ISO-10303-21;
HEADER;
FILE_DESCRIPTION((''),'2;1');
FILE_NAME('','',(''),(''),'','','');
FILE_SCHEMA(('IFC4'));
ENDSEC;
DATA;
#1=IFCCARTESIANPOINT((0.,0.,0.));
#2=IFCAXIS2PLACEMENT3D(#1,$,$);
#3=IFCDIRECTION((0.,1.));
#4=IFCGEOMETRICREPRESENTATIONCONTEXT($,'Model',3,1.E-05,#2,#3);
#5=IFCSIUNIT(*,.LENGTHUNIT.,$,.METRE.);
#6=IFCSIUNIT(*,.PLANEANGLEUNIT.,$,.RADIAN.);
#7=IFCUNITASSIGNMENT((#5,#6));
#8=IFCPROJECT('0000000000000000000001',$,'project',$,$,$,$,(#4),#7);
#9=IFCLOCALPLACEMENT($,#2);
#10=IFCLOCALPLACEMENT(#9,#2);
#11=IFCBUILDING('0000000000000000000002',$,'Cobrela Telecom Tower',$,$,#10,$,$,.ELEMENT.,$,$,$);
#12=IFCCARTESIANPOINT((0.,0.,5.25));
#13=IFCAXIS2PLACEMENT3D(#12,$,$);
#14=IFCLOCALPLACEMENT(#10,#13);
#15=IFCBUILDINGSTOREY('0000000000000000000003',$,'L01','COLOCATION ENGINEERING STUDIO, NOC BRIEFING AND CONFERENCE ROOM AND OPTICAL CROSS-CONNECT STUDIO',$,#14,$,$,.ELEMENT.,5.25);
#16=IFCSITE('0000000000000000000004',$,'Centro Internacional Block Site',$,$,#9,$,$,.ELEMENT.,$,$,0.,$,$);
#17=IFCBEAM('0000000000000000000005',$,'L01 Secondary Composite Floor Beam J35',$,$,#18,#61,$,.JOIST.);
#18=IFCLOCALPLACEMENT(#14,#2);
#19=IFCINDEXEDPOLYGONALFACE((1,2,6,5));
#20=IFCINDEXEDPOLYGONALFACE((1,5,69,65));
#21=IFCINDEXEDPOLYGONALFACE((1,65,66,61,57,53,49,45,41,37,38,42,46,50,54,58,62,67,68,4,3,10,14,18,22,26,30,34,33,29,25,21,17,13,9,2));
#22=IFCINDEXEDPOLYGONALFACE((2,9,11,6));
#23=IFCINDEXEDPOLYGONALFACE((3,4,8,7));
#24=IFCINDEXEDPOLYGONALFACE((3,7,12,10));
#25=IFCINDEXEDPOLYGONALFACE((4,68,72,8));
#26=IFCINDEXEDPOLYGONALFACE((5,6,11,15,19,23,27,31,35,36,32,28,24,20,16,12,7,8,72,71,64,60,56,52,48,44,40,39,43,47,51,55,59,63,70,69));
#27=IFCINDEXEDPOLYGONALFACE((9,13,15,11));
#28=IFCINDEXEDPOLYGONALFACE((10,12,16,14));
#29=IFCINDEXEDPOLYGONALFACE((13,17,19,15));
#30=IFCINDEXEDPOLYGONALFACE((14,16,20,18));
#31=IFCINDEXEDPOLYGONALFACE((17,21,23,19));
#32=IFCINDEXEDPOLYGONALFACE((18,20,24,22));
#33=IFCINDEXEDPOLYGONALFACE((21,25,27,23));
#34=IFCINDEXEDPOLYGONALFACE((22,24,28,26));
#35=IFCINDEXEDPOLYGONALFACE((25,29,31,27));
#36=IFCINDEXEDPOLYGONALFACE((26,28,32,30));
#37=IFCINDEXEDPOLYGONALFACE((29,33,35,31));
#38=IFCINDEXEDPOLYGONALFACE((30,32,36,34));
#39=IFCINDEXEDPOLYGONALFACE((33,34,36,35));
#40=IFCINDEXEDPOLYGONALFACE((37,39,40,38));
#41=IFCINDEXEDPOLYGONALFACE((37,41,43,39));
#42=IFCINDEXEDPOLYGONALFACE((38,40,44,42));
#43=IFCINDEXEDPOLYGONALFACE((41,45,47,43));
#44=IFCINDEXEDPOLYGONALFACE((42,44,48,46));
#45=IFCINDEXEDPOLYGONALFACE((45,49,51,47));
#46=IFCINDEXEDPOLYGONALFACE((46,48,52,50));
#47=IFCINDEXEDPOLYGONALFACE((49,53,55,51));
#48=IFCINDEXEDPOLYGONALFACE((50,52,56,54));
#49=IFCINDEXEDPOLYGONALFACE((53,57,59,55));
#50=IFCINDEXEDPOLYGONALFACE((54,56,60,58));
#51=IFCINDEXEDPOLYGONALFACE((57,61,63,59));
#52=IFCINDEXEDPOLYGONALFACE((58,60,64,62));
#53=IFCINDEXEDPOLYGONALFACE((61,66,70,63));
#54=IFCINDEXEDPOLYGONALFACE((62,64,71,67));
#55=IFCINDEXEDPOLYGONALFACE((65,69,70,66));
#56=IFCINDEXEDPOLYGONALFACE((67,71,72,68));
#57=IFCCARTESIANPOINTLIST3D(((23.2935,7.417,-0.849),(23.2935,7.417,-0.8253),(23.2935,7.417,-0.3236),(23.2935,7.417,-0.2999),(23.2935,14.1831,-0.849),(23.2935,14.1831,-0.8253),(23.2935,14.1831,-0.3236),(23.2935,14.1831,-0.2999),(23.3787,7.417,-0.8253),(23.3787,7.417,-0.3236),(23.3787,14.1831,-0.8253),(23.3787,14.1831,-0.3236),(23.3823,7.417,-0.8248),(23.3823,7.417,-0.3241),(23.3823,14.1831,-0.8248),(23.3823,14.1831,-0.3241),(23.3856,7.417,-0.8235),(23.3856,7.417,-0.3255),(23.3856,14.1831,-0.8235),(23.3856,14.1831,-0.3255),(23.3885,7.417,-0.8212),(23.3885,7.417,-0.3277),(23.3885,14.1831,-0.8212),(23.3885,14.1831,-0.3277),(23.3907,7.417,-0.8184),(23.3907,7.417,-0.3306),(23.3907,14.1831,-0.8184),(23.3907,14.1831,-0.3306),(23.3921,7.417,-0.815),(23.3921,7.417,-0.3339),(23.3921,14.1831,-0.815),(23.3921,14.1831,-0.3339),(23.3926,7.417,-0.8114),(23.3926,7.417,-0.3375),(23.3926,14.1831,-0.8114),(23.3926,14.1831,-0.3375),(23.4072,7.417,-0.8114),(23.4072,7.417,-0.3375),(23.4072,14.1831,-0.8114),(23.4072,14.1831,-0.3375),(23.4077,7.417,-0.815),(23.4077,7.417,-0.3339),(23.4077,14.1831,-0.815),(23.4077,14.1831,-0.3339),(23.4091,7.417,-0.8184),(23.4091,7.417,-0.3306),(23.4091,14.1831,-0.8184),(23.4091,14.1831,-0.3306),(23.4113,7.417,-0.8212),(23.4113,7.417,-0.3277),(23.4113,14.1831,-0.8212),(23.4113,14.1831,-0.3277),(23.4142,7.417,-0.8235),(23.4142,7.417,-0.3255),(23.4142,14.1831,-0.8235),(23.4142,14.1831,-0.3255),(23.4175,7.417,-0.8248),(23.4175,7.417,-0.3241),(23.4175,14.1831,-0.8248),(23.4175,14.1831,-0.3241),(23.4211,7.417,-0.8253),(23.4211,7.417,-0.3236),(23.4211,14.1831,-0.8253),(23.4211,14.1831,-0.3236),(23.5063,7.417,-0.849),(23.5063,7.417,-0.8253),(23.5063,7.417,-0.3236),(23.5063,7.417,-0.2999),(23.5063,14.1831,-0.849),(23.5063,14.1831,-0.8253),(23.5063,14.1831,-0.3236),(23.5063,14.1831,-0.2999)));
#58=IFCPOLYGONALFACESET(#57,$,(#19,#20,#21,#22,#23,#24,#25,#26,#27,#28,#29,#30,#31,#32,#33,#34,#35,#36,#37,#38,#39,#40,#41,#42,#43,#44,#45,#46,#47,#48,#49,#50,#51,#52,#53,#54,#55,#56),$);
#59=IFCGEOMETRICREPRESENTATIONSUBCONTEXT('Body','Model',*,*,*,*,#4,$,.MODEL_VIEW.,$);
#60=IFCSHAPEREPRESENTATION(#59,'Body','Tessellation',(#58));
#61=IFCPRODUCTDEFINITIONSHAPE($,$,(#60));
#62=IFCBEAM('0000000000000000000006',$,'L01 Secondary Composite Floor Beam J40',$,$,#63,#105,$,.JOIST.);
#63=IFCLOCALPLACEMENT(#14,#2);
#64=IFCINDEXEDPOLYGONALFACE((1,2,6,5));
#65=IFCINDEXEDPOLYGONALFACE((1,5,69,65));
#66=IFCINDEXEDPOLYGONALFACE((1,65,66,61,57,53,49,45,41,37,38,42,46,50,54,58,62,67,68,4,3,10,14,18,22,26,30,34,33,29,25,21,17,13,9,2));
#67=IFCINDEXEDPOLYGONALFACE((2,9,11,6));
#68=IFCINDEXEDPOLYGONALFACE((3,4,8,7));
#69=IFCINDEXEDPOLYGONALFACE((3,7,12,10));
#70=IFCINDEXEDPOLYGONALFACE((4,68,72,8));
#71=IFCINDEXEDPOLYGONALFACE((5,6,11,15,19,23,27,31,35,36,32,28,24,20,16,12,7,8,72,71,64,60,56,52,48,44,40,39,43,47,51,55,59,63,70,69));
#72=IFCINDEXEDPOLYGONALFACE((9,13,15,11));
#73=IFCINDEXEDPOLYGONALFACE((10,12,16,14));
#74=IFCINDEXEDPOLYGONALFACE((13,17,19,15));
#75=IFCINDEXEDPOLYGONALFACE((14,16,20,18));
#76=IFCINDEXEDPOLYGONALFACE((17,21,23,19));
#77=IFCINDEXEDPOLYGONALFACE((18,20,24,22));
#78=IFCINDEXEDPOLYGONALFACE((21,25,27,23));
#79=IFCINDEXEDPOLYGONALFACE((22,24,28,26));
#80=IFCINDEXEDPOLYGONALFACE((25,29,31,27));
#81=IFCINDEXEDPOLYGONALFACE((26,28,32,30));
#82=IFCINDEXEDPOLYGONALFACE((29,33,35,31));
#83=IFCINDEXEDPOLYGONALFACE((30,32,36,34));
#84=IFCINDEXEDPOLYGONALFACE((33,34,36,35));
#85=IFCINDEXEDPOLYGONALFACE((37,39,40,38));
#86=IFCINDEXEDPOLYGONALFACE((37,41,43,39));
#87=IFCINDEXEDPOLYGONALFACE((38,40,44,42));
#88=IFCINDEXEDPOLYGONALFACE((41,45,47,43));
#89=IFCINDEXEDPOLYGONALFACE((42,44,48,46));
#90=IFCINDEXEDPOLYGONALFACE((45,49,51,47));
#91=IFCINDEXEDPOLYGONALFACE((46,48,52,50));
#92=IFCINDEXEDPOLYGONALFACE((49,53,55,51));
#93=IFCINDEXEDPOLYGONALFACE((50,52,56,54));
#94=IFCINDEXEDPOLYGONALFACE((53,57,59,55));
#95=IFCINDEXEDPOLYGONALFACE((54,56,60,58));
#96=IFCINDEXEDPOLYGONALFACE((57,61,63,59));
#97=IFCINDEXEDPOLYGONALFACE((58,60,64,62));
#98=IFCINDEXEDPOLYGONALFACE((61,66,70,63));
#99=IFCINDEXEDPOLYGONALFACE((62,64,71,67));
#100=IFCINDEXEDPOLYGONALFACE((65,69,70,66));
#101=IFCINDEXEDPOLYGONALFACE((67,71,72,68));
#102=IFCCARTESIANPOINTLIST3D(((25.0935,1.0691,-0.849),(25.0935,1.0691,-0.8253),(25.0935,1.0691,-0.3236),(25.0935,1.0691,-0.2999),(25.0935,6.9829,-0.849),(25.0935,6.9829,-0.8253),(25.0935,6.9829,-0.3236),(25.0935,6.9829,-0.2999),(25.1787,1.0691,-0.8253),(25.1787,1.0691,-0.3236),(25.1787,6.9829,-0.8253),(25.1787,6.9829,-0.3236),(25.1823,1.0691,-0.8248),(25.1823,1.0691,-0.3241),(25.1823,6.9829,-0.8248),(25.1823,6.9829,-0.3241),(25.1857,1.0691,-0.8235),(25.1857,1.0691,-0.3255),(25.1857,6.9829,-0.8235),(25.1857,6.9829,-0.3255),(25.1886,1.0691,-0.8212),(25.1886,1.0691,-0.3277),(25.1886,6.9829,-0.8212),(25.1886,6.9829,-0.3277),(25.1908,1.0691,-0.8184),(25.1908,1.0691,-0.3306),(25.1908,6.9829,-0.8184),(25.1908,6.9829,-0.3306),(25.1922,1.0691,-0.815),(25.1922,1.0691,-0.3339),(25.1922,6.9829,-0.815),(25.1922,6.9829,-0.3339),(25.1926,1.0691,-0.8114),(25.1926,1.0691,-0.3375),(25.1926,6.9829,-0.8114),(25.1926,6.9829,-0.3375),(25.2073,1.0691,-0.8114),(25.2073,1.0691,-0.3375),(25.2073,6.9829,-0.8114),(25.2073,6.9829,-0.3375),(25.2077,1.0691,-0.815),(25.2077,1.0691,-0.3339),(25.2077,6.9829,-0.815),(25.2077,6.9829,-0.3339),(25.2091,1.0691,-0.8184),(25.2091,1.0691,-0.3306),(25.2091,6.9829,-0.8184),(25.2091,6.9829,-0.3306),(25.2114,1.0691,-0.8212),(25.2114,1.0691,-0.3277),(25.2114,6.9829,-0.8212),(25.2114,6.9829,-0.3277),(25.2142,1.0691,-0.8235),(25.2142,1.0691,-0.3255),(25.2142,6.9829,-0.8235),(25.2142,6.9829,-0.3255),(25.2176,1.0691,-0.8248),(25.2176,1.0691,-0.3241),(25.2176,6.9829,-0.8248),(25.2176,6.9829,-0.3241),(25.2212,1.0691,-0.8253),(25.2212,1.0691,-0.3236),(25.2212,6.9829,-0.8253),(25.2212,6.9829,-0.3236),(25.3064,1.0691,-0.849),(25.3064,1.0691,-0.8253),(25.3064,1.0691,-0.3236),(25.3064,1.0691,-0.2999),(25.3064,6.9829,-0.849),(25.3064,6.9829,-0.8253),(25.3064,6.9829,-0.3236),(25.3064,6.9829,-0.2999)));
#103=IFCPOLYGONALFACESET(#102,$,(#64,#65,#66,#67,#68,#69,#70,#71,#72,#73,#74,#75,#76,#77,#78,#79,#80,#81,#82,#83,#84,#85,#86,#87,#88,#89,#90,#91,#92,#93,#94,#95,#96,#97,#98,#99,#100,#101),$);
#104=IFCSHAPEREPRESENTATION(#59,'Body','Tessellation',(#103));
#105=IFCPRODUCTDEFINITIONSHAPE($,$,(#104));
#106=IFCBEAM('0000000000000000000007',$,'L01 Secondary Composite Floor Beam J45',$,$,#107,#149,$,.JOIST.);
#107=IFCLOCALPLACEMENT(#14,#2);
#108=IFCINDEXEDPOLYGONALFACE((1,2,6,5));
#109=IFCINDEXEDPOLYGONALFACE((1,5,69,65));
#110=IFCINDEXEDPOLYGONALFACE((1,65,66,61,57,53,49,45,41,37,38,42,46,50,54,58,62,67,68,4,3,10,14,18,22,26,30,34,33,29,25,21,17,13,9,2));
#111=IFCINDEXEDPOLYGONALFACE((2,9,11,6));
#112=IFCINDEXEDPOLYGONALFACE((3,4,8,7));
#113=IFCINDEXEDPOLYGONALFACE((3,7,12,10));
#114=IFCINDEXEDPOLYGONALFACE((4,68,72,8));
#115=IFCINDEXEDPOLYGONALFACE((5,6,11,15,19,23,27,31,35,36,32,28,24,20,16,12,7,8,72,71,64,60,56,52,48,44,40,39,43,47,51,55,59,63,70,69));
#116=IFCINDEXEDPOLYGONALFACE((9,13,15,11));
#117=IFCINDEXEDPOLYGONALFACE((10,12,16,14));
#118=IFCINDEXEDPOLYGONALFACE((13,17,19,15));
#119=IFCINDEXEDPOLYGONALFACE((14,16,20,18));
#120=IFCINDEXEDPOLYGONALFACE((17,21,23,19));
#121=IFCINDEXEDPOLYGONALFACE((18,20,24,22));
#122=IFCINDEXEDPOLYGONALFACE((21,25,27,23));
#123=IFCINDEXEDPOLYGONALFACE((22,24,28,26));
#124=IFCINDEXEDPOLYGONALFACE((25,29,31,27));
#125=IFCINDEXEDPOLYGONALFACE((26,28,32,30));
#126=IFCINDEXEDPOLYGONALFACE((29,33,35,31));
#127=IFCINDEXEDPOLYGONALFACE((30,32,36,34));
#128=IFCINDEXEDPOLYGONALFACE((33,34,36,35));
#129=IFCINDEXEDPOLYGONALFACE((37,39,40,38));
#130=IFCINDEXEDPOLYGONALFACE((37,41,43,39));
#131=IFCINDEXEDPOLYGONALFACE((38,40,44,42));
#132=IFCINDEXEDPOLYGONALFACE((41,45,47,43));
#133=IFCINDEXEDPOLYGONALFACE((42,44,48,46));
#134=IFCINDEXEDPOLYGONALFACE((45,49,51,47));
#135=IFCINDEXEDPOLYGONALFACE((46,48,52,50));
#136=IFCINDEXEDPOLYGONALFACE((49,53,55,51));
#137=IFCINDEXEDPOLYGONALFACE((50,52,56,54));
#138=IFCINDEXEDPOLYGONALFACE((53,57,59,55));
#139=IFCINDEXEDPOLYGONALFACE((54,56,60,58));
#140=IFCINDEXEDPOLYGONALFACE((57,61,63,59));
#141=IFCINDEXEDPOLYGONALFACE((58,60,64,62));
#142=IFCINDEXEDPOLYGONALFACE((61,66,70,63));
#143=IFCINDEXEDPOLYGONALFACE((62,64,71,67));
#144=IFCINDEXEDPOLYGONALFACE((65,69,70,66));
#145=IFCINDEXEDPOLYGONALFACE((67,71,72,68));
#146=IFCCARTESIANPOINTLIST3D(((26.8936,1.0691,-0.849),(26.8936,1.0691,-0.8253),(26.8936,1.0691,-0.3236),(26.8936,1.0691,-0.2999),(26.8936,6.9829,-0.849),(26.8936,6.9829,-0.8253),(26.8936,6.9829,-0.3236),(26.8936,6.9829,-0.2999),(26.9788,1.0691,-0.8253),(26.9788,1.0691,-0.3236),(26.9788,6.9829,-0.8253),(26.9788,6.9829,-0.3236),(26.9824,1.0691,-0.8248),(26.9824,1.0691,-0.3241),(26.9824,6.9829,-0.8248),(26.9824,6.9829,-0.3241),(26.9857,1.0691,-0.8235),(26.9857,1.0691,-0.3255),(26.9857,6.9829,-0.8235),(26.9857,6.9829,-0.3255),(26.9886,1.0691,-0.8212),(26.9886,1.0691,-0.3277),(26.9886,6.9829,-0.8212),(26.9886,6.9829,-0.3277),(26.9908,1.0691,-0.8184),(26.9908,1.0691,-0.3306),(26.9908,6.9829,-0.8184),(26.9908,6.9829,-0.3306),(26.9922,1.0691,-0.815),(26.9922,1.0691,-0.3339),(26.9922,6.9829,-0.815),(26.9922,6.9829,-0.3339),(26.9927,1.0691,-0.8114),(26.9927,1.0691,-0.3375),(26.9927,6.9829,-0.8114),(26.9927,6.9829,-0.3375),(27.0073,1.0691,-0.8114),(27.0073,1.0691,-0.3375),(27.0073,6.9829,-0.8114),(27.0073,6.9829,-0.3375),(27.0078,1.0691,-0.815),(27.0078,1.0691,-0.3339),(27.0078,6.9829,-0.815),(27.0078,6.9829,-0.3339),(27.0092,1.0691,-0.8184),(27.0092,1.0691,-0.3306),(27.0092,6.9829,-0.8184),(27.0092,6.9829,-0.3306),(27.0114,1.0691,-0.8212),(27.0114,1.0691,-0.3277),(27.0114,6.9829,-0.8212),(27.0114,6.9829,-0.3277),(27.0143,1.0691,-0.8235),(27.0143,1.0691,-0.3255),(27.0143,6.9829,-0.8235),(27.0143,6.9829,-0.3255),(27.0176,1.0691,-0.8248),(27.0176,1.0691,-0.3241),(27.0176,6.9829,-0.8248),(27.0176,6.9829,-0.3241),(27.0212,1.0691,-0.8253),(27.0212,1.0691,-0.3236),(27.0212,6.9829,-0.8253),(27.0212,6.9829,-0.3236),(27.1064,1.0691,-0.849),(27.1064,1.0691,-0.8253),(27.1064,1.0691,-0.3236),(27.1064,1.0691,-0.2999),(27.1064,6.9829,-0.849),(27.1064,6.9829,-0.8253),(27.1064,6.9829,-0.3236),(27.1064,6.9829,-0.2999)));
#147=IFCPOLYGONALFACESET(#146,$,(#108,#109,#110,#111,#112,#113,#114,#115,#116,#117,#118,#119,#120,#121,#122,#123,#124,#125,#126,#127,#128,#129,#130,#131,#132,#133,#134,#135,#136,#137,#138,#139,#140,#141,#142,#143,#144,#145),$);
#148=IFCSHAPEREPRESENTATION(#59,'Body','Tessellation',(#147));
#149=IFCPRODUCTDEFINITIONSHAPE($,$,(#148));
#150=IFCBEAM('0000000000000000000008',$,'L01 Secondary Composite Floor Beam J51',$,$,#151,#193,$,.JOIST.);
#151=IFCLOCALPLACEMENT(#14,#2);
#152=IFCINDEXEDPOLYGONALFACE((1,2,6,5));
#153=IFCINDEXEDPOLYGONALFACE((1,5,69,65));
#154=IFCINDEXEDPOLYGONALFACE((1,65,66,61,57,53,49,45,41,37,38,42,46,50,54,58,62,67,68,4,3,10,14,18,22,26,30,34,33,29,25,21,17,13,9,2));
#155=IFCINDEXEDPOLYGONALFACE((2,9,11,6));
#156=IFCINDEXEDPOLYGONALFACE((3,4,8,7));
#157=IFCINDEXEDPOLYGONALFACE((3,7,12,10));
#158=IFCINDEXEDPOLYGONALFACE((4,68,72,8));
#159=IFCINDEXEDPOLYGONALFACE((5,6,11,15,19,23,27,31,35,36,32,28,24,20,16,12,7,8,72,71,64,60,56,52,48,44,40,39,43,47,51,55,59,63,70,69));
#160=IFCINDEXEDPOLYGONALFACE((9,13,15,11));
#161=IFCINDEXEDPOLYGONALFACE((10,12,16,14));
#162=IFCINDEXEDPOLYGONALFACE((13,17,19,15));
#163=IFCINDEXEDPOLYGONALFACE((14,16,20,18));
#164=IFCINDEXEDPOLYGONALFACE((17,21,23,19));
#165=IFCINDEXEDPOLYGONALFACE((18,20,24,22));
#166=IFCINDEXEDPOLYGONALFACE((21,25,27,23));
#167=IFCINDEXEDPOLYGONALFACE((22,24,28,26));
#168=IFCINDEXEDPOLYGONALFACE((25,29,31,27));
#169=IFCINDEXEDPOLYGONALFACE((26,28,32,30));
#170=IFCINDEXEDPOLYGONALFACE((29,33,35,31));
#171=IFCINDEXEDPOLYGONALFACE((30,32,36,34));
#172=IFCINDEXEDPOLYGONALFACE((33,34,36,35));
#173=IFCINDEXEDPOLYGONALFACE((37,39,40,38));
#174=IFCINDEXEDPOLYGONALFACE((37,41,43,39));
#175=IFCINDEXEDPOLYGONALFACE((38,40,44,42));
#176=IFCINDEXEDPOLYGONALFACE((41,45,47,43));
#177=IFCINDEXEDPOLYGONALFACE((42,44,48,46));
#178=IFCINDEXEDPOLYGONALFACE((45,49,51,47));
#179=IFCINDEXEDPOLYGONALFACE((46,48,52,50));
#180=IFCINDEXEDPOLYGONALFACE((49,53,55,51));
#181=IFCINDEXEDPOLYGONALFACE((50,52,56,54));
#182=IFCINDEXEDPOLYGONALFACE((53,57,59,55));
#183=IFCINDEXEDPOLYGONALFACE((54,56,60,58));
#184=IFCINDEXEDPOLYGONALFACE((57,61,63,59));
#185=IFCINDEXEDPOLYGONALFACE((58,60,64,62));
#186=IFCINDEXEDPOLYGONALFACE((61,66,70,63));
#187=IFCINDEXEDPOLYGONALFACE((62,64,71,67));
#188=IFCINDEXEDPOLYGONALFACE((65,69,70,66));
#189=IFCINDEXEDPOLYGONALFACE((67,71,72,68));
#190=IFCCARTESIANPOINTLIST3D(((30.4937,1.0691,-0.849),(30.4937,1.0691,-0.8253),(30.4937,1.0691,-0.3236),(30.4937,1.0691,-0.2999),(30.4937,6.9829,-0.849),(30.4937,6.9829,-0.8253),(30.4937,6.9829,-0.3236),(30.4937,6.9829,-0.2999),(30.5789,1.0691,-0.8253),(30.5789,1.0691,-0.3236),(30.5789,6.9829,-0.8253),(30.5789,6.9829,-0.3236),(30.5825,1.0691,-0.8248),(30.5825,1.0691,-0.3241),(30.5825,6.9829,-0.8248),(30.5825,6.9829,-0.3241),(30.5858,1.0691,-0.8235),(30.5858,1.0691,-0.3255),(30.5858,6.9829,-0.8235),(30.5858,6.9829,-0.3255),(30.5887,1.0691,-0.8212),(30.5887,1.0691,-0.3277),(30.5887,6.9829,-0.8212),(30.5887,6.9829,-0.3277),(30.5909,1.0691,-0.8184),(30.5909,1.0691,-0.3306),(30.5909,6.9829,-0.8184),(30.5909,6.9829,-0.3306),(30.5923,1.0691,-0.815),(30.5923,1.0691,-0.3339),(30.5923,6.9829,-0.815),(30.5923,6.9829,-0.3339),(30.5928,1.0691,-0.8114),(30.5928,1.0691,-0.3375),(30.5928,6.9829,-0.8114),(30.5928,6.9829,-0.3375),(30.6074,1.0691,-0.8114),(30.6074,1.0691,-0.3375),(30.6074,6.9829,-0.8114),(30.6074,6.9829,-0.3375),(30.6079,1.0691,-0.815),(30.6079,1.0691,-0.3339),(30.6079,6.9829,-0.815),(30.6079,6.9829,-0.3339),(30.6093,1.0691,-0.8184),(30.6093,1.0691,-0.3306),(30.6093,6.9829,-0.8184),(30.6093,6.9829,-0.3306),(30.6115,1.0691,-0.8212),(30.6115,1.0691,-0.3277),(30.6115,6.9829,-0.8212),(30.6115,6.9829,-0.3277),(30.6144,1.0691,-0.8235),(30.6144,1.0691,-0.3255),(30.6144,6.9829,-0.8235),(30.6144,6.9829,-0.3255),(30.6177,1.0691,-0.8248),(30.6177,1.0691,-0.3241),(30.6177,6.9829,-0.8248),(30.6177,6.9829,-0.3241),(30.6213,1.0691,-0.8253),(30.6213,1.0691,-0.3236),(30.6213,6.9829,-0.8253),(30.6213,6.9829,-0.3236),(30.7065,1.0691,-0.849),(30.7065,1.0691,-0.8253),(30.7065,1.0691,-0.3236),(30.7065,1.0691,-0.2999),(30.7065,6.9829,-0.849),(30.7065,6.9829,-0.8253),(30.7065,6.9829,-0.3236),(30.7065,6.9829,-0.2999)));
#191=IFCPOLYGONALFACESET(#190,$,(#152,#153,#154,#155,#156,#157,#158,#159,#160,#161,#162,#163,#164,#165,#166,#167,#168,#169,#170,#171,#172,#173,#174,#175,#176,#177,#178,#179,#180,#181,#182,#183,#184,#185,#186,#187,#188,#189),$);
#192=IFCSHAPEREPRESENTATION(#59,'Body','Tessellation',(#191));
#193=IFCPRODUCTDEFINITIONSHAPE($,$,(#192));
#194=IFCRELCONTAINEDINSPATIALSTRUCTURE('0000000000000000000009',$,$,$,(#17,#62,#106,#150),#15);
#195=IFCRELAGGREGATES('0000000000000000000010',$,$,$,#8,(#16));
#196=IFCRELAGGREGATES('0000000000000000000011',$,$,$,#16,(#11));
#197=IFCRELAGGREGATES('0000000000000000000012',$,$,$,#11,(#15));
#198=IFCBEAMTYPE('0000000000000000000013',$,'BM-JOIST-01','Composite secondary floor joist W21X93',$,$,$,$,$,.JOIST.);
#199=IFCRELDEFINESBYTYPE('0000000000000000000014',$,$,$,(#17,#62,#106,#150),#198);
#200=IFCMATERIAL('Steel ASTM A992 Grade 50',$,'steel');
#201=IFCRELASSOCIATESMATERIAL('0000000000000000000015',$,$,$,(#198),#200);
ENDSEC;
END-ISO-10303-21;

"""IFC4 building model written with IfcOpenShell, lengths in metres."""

from ifc_helpers import new_model, si_unit, direction, frame, origin, origin_2d, place, context, subcontext, project, spatial, i_section, extrude, material, material_profile, profile_set, type_object, element, save


model = new_model("IFC4")

# Units and contexts
model_context = context("Model", 3, precision=1e-05, world=origin(), true_north=direction((0.0, 1.0)))
body_context = subcontext(model_context, "Body", "Model", "MODEL_VIEW")
ifc_project = project(units=[si_unit("LENGTHUNIT", "METRE"), si_unit("PLANEANGLEUNIT", "RADIAN")], contexts=[model_context])

# Site, building, storey
site_placement = place(None, origin())
site = spatial("IfcSite", under=ifc_project, at=site_placement, Name="Centro Internacional Block Site", CompositionType="ELEMENT", RefElevation=0.0)
building_placement = place(site_placement, origin())
building = spatial("IfcBuilding", under=site, at=building_placement, Name="Cobrela Telecom Tower", CompositionType="ELEMENT")
storey_placement = place(building_placement, frame((0.0, 0.0, 5.25)))
storey = spatial("IfcBuildingStorey", under=building, at=storey_placement, Name="L01", Description="COLOCATION ENGINEERING STUDIO, NOC BRIEFING AND CONFERENCE ROOM AND OPTICAL CROSS-CONNECT STUDIO", CompositionType="ELEMENT", Elevation=5.25)

# Beams
ifc_material_1 = material(Name="Steel ASTM A992 Grade 50", Category="steel")
ifc_material_profile_1 = material_profile(ifc_material_1, i_section(OverallWidth=0.2129, OverallDepth=0.5491, WebThickness=0.0146, FlangeThickness=0.0237, FilletRadius=0.0139, at=origin_2d()), Name="W21X93")
ifc_profile_set_1 = profile_set([ifc_material_profile_1], Name="Steel ASTM A992 Grade 50")
beam_type_1 = type_object("IfcBeamType", Name="BM-JOIST-01", Description="Composite secondary floor joist W21X93", PredefinedType="JOIST", material=ifc_profile_set_1)
beam_1_placement = place(storey_placement, frame((23.3999, 7.417, -0.5745), z_axis=(0.0, 1.0, 0.0), x_axis=(-1.0, 0.0, 0.0)))
element("IfcBeam", 1, at=beam_1_placement, inside=storey, type_object=beam_type_1, Name="L01 Secondary Composite Floor Beam J35", PredefinedType="JOIST", context=body_context, shape_type="SweptSolid", body=[
    extrude(i_section(OverallWidth=0.2129, OverallDepth=0.5491, WebThickness=0.0146, FlangeThickness=0.0237, FilletRadius=0.0139, at=origin_2d()), origin(), (0.0, 0.0, 1.0), 6.7661),
])
for number, where, z_axis, x_axis, name in (
    (2, (25.2, 1.0691, -0.5745), (0.0, 1.0, 0.0), (-1.0, 0.0, 0.0), "L01 Secondary Composite Floor Beam J40"),
    (3, (27.0, 1.0691, -0.5745), (0.0, 1.0, 0.0), (-1.0, 0.0, 0.0), "L01 Secondary Composite Floor Beam J45"),
    (4, (30.6001, 1.0691, -0.5745), (0.0, 1.0, 0.0), (-1.0, 0.0, 0.0), "L01 Secondary Composite Floor Beam J51"),
):
    element("IfcBeam", number, at=place(storey_placement, frame(where, z_axis=z_axis, x_axis=x_axis)), inside=storey, type_object=beam_type_1, Name=name, PredefinedType="JOIST", context=body_context, shape_type="SweptSolid", body=[
        extrude(i_section(OverallWidth=0.2129, OverallDepth=0.5491, WebThickness=0.0146, FlangeThickness=0.0237, FilletRadius=0.0139, at=origin_2d()), origin(), (0.0, 0.0, 1.0), 5.9138),
    ])

save(model, "model.ifc")
